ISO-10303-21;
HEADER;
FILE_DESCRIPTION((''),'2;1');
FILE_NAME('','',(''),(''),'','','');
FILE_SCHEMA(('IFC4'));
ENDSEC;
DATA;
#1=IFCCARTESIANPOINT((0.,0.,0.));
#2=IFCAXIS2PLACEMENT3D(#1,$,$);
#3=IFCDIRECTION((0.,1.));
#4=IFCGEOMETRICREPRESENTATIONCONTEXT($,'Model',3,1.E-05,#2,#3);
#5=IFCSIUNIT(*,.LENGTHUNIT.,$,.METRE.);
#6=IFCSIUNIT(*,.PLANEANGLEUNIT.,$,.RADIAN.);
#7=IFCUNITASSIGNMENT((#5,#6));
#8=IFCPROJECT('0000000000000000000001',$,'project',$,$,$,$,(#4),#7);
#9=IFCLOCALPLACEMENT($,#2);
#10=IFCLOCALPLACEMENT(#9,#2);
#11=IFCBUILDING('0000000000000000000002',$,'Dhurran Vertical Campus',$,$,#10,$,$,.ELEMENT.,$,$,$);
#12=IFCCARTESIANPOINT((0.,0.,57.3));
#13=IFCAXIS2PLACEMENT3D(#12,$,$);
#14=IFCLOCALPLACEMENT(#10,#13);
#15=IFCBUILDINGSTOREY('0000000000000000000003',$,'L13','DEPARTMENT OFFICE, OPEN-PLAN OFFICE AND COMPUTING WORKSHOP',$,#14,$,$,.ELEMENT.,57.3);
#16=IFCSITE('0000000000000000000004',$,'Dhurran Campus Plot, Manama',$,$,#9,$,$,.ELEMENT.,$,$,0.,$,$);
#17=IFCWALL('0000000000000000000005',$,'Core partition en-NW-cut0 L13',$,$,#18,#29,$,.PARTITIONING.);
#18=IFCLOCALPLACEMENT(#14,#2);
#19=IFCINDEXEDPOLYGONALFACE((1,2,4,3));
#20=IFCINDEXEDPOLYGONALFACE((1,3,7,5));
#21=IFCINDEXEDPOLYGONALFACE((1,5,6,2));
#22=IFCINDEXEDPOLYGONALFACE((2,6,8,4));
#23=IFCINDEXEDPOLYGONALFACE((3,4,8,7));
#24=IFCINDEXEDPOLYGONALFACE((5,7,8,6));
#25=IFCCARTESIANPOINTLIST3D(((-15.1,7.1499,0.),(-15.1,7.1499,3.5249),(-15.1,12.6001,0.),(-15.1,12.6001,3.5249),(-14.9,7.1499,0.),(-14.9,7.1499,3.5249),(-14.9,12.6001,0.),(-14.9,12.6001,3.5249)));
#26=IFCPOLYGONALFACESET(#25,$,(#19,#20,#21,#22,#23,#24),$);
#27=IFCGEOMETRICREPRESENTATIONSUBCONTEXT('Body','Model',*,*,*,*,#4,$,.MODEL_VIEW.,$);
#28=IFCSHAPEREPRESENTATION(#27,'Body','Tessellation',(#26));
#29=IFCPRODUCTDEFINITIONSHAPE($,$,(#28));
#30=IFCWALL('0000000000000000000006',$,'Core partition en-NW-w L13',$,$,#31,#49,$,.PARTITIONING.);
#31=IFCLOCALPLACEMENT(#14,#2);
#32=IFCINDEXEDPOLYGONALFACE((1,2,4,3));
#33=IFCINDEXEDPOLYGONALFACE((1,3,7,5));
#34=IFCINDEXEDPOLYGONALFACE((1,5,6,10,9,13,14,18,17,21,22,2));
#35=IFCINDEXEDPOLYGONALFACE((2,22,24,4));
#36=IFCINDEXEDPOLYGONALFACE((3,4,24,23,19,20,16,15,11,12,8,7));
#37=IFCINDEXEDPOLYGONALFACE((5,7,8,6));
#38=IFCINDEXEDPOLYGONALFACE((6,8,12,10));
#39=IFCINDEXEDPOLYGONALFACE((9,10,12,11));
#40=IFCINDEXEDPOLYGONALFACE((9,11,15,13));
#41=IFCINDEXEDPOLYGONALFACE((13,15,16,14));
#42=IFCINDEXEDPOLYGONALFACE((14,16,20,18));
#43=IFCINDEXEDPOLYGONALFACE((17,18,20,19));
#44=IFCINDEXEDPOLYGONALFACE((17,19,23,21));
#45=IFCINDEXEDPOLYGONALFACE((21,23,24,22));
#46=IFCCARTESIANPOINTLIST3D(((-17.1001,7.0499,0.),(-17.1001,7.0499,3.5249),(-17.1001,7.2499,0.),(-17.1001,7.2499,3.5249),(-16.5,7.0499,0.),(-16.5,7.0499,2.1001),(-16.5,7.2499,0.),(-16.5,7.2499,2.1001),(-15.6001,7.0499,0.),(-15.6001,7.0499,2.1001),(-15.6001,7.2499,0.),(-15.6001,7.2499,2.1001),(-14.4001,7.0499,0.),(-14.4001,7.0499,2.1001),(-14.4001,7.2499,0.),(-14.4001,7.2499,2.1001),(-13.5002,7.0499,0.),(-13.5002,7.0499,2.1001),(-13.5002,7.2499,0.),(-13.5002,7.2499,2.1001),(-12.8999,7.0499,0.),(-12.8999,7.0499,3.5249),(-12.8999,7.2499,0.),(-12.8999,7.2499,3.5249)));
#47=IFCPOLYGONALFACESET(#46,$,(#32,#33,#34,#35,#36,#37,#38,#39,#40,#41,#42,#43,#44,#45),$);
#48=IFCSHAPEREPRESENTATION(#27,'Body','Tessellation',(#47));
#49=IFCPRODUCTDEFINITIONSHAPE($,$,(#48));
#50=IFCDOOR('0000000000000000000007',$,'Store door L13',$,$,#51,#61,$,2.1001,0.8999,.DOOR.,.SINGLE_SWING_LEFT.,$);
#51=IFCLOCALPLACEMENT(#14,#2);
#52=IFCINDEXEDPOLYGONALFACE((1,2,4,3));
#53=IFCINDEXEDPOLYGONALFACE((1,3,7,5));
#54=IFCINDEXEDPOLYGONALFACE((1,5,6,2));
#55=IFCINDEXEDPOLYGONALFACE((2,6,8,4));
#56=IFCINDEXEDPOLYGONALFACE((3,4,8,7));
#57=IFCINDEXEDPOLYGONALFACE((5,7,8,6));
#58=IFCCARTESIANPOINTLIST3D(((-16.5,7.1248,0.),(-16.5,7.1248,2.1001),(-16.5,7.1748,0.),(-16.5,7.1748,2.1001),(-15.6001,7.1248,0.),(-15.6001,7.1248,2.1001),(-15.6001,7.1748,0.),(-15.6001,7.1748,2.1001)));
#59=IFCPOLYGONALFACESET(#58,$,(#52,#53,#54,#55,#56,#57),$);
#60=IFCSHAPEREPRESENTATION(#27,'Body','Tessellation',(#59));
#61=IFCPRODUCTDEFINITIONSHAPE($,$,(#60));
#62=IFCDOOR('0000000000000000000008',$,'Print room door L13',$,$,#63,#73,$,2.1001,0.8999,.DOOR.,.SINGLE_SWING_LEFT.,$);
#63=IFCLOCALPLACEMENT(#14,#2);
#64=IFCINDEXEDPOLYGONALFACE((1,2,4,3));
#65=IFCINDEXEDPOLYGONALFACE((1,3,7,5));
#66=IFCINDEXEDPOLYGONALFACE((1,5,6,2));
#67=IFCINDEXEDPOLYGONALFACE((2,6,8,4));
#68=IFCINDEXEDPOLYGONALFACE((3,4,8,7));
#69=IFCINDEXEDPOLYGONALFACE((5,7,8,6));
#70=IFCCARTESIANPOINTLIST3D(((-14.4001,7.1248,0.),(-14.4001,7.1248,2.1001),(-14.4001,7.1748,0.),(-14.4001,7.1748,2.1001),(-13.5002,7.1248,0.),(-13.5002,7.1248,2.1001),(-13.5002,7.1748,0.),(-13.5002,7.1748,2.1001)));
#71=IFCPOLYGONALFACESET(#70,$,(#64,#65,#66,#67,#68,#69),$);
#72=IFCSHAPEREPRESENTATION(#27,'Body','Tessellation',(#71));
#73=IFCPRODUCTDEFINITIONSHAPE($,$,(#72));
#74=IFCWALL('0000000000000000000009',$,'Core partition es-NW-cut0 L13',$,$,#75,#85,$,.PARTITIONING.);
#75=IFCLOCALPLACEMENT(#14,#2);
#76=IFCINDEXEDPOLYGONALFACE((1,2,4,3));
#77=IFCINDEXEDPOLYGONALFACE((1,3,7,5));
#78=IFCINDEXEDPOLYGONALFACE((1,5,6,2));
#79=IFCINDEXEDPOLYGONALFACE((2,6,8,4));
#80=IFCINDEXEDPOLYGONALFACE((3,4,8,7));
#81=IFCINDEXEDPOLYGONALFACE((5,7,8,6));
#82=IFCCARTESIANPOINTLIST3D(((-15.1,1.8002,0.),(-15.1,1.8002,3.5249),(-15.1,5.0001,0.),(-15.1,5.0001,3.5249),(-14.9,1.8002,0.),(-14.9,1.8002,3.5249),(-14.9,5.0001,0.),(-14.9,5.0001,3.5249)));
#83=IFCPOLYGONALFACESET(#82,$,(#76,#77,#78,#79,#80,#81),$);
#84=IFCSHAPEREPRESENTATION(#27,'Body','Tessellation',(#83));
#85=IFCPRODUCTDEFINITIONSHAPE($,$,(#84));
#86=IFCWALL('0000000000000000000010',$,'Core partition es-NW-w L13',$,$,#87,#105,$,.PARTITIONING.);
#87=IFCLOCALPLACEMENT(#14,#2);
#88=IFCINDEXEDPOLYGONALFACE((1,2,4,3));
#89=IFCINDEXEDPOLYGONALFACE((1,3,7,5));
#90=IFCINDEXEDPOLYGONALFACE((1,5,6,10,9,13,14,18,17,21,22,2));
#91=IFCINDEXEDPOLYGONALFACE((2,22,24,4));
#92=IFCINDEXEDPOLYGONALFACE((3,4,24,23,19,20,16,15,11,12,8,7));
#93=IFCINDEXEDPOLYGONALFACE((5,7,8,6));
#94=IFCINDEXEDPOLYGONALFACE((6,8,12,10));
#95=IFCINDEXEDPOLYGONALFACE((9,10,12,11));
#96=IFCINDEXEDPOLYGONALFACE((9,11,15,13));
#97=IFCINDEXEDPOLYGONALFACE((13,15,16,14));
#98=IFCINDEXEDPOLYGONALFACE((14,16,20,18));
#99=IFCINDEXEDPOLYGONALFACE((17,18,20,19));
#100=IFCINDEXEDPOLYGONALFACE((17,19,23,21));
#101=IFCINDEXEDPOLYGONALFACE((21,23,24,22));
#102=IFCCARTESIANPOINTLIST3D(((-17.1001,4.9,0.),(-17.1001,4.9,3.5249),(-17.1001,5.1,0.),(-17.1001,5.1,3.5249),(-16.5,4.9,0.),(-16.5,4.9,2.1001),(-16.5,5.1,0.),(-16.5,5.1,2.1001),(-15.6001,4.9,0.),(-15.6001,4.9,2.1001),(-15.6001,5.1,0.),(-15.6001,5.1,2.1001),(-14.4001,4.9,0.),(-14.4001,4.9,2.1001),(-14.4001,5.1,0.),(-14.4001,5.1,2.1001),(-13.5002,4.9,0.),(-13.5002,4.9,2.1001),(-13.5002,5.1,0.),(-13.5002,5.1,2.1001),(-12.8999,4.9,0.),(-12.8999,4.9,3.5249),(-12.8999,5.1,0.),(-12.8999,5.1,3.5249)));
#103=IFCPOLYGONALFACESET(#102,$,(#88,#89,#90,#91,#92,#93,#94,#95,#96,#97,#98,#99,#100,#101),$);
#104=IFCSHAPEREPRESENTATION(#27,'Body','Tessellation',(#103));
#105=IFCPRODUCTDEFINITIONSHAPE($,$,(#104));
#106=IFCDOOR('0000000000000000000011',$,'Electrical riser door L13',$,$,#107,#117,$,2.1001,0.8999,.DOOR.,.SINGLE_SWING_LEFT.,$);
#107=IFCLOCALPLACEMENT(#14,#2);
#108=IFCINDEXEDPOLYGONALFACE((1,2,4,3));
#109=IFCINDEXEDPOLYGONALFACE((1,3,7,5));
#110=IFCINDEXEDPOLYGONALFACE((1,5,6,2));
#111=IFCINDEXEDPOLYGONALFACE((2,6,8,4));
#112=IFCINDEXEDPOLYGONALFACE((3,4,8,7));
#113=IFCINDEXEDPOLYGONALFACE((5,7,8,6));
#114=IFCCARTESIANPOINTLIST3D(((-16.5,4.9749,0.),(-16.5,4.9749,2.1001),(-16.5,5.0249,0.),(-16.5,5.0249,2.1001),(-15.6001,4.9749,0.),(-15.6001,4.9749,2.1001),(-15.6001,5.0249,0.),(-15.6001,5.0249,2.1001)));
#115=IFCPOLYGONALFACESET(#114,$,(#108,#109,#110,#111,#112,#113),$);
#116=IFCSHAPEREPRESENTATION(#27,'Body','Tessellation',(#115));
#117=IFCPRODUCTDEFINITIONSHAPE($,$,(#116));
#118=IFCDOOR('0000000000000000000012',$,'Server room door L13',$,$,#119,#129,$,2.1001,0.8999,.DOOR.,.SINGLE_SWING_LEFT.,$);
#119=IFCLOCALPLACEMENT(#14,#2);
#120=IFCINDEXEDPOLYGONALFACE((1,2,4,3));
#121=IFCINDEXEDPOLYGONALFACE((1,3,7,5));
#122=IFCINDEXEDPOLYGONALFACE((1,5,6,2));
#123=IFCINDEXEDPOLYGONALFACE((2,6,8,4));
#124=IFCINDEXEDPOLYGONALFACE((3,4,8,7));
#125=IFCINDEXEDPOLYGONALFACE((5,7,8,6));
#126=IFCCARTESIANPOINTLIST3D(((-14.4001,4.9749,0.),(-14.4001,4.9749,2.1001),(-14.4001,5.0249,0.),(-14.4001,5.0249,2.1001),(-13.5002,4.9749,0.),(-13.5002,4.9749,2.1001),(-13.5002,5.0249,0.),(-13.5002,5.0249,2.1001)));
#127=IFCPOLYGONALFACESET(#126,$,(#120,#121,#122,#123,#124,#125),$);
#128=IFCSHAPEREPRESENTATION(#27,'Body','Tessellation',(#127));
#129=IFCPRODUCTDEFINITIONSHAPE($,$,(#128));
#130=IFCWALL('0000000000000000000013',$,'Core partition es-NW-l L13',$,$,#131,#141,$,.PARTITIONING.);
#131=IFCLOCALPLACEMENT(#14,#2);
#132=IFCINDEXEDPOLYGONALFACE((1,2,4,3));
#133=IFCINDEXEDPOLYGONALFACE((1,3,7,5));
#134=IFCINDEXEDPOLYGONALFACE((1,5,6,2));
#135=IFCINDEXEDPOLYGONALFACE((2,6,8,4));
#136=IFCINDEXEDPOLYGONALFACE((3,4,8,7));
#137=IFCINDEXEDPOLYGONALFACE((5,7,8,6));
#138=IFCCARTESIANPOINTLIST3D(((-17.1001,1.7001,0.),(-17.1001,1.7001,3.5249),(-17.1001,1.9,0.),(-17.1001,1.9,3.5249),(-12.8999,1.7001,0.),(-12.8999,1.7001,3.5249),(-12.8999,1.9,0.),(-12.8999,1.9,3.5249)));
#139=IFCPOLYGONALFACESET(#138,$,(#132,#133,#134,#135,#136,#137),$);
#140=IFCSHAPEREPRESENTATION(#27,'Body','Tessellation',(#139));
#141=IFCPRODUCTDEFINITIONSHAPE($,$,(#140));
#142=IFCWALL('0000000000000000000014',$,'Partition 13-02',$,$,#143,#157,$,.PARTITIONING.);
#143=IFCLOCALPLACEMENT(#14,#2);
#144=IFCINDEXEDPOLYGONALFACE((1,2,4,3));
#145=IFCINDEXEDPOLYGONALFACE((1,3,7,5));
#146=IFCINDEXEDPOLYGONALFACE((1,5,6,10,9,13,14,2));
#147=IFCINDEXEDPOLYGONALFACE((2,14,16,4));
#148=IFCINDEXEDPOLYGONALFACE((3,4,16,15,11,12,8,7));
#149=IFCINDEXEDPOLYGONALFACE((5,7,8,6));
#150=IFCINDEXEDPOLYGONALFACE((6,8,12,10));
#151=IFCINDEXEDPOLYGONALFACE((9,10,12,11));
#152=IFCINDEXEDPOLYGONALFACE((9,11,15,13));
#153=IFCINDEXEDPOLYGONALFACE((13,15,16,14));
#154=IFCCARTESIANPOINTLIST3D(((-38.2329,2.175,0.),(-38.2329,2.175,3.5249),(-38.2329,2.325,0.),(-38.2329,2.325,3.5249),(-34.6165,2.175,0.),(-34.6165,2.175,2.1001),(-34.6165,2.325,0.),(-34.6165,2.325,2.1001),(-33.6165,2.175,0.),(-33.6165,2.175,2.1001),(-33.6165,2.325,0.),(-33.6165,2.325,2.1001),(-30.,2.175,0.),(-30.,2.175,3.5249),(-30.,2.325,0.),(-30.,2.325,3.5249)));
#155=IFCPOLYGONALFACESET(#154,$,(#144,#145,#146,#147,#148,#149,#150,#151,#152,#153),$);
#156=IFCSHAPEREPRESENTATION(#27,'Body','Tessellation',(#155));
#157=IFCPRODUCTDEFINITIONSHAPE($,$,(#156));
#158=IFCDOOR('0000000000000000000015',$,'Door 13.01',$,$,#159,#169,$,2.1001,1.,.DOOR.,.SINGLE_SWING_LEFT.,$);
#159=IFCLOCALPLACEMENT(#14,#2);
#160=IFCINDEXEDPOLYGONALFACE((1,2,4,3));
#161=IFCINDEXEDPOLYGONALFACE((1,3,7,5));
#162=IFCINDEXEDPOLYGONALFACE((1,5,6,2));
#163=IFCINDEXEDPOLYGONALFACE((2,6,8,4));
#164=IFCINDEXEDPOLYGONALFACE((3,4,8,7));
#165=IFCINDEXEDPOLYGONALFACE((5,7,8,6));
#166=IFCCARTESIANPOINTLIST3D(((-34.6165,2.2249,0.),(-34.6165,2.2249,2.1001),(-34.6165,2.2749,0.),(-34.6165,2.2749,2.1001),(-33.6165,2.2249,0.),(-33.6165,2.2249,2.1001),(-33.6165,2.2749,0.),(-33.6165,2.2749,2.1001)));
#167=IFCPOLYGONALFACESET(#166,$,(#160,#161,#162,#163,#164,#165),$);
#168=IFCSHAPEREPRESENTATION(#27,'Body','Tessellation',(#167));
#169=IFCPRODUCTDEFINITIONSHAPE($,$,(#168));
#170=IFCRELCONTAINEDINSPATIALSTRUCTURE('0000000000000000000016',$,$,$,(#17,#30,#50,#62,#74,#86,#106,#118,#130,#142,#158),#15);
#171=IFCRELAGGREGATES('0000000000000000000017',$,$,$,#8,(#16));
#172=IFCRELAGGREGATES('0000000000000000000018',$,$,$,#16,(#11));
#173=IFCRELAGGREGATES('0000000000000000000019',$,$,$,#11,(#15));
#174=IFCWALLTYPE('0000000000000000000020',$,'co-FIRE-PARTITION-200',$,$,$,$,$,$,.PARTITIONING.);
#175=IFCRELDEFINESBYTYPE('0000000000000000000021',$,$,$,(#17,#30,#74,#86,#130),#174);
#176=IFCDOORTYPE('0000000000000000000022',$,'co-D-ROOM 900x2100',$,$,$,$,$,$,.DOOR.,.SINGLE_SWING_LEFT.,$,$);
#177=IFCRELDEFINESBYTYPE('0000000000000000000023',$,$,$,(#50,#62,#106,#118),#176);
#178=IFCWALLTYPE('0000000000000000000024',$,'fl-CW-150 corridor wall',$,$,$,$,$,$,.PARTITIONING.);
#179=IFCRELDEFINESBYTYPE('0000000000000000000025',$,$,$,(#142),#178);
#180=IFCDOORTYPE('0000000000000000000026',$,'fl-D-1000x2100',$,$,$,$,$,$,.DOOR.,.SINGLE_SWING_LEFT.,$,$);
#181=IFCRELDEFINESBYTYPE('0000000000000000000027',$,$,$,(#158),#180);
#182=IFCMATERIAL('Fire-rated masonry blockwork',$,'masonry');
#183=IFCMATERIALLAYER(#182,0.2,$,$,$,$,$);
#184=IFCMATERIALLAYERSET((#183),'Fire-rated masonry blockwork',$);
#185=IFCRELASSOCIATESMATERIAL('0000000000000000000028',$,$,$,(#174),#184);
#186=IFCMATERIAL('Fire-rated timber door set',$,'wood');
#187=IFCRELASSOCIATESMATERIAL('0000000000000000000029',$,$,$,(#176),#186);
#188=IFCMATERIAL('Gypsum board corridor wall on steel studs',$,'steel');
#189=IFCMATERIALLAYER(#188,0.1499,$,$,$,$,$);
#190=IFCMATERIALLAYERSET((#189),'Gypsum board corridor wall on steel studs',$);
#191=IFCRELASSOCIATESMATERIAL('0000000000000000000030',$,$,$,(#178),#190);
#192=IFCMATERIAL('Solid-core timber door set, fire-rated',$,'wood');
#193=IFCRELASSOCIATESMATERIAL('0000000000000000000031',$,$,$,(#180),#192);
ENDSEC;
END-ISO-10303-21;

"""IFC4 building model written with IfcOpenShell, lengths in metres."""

from ifc_helpers import new_model, si_unit, direction, frame, frame_2d, origin, place, context, subcontext, project, spatial, rectangle, extrude, material, layer, layer_set, type_object, element, fill, save


model = new_model("IFC4")

# Units and contexts
model_context = context("Model", 3, precision=1e-05, world=origin(), true_north=direction((0.0, 1.0)))
body_context = subcontext(model_context, "Body", "Model", "MODEL_VIEW")
ifc_project = project(units=[si_unit("LENGTHUNIT", "METRE"), si_unit("PLANEANGLEUNIT", "RADIAN")], contexts=[model_context])

# Site, building, storey
site_placement = place(None, origin())
site = spatial("IfcSite", under=ifc_project, at=site_placement, Name="Dhurran Campus Plot, Manama", CompositionType="ELEMENT", RefElevation=0.0)
building_placement = place(site_placement, origin())
building = spatial("IfcBuilding", under=site, at=building_placement, Name="Dhurran Vertical Campus", CompositionType="ELEMENT")
storey_placement = place(building_placement, frame((0.0, 0.0, 57.3)))
storey = spatial("IfcBuildingStorey", under=building, at=storey_placement, Name="L13", Description="DEPARTMENT OFFICE, OPEN-PLAN OFFICE AND COMPUTING WORKSHOP", CompositionType="ELEMENT", Elevation=57.3)

# Wall
ifc_material_1 = material(Name="Fire-rated masonry blockwork", Category="masonry")
ifc_layer_1 = layer(ifc_material_1, 0.2)
ifc_layer_set_1 = layer_set([ifc_layer_1], Name="Fire-rated masonry blockwork")
wall_type_1 = type_object("IfcWallType", Name="co-FIRE-PARTITION-200", PredefinedType="PARTITIONING", material=ifc_layer_set_1)
wall_1_placement = place(storey_placement, frame((-15.0, 7.1499, 0.0), z_axis=(0.0, 0.0, 1.0), x_axis=(0.0, 1.0, 0.0)))
element("IfcWall", 1, at=wall_1_placement, inside=storey, type_object=wall_type_1, Name="Core partition en-NW-cut0 L13", PredefinedType="PARTITIONING", context=body_context, shape_type="SweptSolid", body=[
    extrude(rectangle(XDim=5.4502, YDim=0.2, at=frame_2d((2.7251, 0.0))), origin(), (0.0, 0.0, 1.0), 3.5249),
])

# Wall, openings, doors
wall_2_placement = place(storey_placement, frame((-17.1001, 7.1499, 0.0), z_axis=(0.0, 0.0, 1.0), x_axis=(1.0, 0.0, 0.0)))
wall_2 = element("IfcWall", 2, at=wall_2_placement, inside=storey, type_object=wall_type_1, Name="Core partition en-NW-w L13", PredefinedType="PARTITIONING", context=body_context, shape_type="SweptSolid", body=[
    extrude(rectangle(XDim=4.2002, YDim=0.2, at=frame_2d((2.1001, 0.0))), origin(), (0.0, 0.0, 1.0), 3.5249),
])
opening_1_placement = place(wall_2_placement, frame((0.6001, 0.0, 0.0)))
opening_1 = element("IfcOpeningElement", 3, at=opening_1_placement, cuts=wall_2, PredefinedType="OPENING", context=body_context, shape_type="SweptSolid", body=[
    extrude(rectangle(XDim=0.8999, YDim=2.1001, at=frame_2d((0.45, 1.05))), frame((0.0, 0.1099, 0.0), z_axis=(0.0, -1.0, 0.0), x_axis=(1.0, 0.0, 0.0)), (0.0, 0.0, 1.0), 0.22),
])
opening_2_placement = place(wall_2_placement, frame((2.7, 0.0, 0.0)))
opening_2 = element("IfcOpeningElement", 4, at=opening_2_placement, cuts=wall_2, PredefinedType="OPENING", context=body_context, shape_type="SweptSolid", body=[
    extrude(rectangle(XDim=0.8999, YDim=2.1001, at=frame_2d((0.45, 1.05))), frame((0.0, 0.1099, 0.0), z_axis=(0.0, -1.0, 0.0), x_axis=(1.0, 0.0, 0.0)), (0.0, 0.0, 1.0), 0.22),
])
ifc_material_2 = material(Name="Fire-rated timber door set", Category="wood")
door_type_1 = type_object("IfcDoorType", Name="co-D-ROOM 900x2100", OperationType="SINGLE_SWING_LEFT", PredefinedType="DOOR", material=ifc_material_2)
door_1_placement = place(opening_1_placement, origin())
door_1 = element("IfcDoor", 5, at=door_1_placement, inside=storey, type_object=door_type_1, Name="Store door L13", OperationType="SINGLE_SWING_LEFT", OverallHeight=2.1001, OverallWidth=0.8999, PredefinedType="DOOR", context=body_context, shape_type="SweptSolid", body=[
    extrude(rectangle(XDim=0.8999, YDim=2.1001, at=frame_2d((0.45, 1.05))), frame((0.0, 0.0249, 0.0), z_axis=(0.0, -1.0, 0.0), x_axis=(1.0, 0.0, 0.0)), (0.0, 0.0, 1.0), 0.05),
])
fill(opening_1, door_1)
door_2_placement = place(opening_2_placement, origin())
door_2 = element("IfcDoor", 6, at=door_2_placement, inside=storey, type_object=door_type_1, Name="Print room door L13", OperationType="SINGLE_SWING_LEFT", OverallHeight=2.1001, OverallWidth=0.8999, PredefinedType="DOOR", context=body_context, shape_type="SweptSolid", body=[
    extrude(rectangle(XDim=0.8999, YDim=2.1001, at=frame_2d((0.45, 1.05))), frame((0.0, 0.0249, 0.0), z_axis=(0.0, -1.0, 0.0), x_axis=(1.0, 0.0, 0.0)), (0.0, 0.0, 1.0), 0.05),
])
fill(opening_2, door_2)

# Wall
wall_3_placement = place(storey_placement, frame((-15.0, 1.8, 0.0), z_axis=(0.0, 0.0, 1.0), x_axis=(0.0, 1.0, 0.0)))
element("IfcWall", 7, at=wall_3_placement, inside=storey, type_object=wall_type_1, Name="Core partition es-NW-cut0 L13", PredefinedType="PARTITIONING", context=body_context, shape_type="SweptSolid", body=[
    extrude(rectangle(XDim=3.2, YDim=0.2, at=frame_2d((1.6001, 0.0))), origin(), (0.0, 0.0, 1.0), 3.5249),
])

# Wall, openings, doors
wall_4_placement = place(storey_placement, frame((-17.1001, 5.0, 0.0), z_axis=(0.0, 0.0, 1.0), x_axis=(1.0, 0.0, 0.0)))
wall_4 = element("IfcWall", 8, at=wall_4_placement, inside=storey, type_object=wall_type_1, Name="Core partition es-NW-w L13", PredefinedType="PARTITIONING", context=body_context, shape_type="SweptSolid", body=[
    extrude(rectangle(XDim=4.2002, YDim=0.2, at=frame_2d((2.1001, 0.0))), origin(), (0.0, 0.0, 1.0), 3.5249),
])
opening_3_placement = place(wall_4_placement, frame((0.6001, 0.0, 0.0)))
opening_3 = element("IfcOpeningElement", 9, at=opening_3_placement, cuts=wall_4, PredefinedType="OPENING", context=body_context, shape_type="SweptSolid", body=[
    extrude(rectangle(XDim=0.8999, YDim=2.1001, at=frame_2d((0.45, 1.05))), frame((0.0, 0.1099, 0.0), z_axis=(0.0, -1.0, 0.0), x_axis=(1.0, 0.0, 0.0)), (0.0, 0.0, 1.0), 0.22),
])
opening_4_placement = place(wall_4_placement, frame((2.7, 0.0, 0.0)))
opening_4 = element("IfcOpeningElement", 10, at=opening_4_placement, cuts=wall_4, PredefinedType="OPENING", context=body_context, shape_type="SweptSolid", body=[
    extrude(rectangle(XDim=0.8999, YDim=2.1001, at=frame_2d((0.45, 1.05))), frame((0.0, 0.1099, 0.0), z_axis=(0.0, -1.0, 0.0), x_axis=(1.0, 0.0, 0.0)), (0.0, 0.0, 1.0), 0.22),
])
door_3_placement = place(opening_3_placement, origin())
door_3 = element("IfcDoor", 11, at=door_3_placement, inside=storey, type_object=door_type_1, Name="Electrical riser door L13", OperationType="SINGLE_SWING_LEFT", OverallHeight=2.1001, OverallWidth=0.8999, PredefinedType="DOOR", context=body_context, shape_type="SweptSolid", body=[
    extrude(rectangle(XDim=0.8999, YDim=2.1001, at=frame_2d((0.45, 1.05))), frame((0.0, 0.0249, 0.0), z_axis=(0.0, -1.0, 0.0), x_axis=(1.0, 0.0, 0.0)), (0.0, 0.0, 1.0), 0.05),
])
fill(opening_3, door_3)
door_4_placement = place(opening_4_placement, origin())
door_4 = element("IfcDoor", 12, at=door_4_placement, inside=storey, type_object=door_type_1, Name="Server room door L13", OperationType="SINGLE_SWING_LEFT", OverallHeight=2.1001, OverallWidth=0.8999, PredefinedType="DOOR", context=body_context, shape_type="SweptSolid", body=[
    extrude(rectangle(XDim=0.8999, YDim=2.1001, at=frame_2d((0.45, 1.05))), frame((0.0, 0.0249, 0.0), z_axis=(0.0, -1.0, 0.0), x_axis=(1.0, 0.0, 0.0)), (0.0, 0.0, 1.0), 0.05),
])
fill(opening_4, door_4)

# Wall
wall_5_placement = place(storey_placement, frame((-17.1001, 1.8, 0.0), z_axis=(0.0, 0.0, 1.0), x_axis=(1.0, 0.0, 0.0)))
element("IfcWall", 13, at=wall_5_placement, inside=storey, type_object=wall_type_1, Name="Core partition es-NW-l L13", PredefinedType="PARTITIONING", context=body_context, shape_type="SweptSolid", body=[
    extrude(rectangle(XDim=4.2002, YDim=0.2, at=frame_2d((2.1001, 0.0))), origin(), (0.0, 0.0, 1.0), 3.5249),
])

# Wall, opening, door
ifc_material_3 = material(Name="Gypsum board corridor wall on steel studs", Category="steel")
ifc_layer_2 = layer(ifc_material_3, 0.1499)
ifc_layer_set_2 = layer_set([ifc_layer_2], Name="Gypsum board corridor wall on steel studs")
wall_type_2 = type_object("IfcWallType", Name="fl-CW-150 corridor wall", PredefinedType="PARTITIONING", material=ifc_layer_set_2)
wall_6_placement = place(storey_placement, frame((-38.2329, 2.25, 0.0), z_axis=(0.0, 0.0, 1.0), x_axis=(1.0, 0.0, 0.0)))
wall_6 = element("IfcWall", 14, at=wall_6_placement, inside=storey, type_object=wall_type_2, Name="Partition 13-02", PredefinedType="PARTITIONING", context=body_context, shape_type="SweptSolid", body=[
    extrude(rectangle(XDim=8.2329, YDim=0.1499, at=frame_2d((4.1165, 0.0))), origin(), (0.0, 0.0, 1.0), 3.5249),
])
opening_5_placement = place(wall_6_placement, frame((3.6165, 0.0, 0.0)))
opening_5 = element("IfcOpeningElement", 15, at=opening_5_placement, cuts=wall_6, PredefinedType="OPENING", context=body_context, shape_type="SweptSolid", body=[
    extrude(rectangle(XDim=1.0, YDim=2.1001, at=frame_2d((0.5, 1.05))), frame((0.0, 0.085, 0.0), z_axis=(0.0, -1.0, 0.0), x_axis=(1.0, 0.0, 0.0)), (0.0, 0.0, 1.0), 0.1699),
])
ifc_material_4 = material(Name="Solid-core timber door set, fire-rated", Category="wood")
door_type_2 = type_object("IfcDoorType", Name="fl-D-1000x2100", OperationType="SINGLE_SWING_LEFT", PredefinedType="DOOR", material=ifc_material_4)
door_5_placement = place(opening_5_placement, origin())
door_5 = element("IfcDoor", 16, at=door_5_placement, inside=storey, type_object=door_type_2, Name="Door 13.01", OperationType="SINGLE_SWING_LEFT", OverallHeight=2.1001, OverallWidth=1.0, PredefinedType="DOOR", context=body_context, shape_type="SweptSolid", body=[
    extrude(rectangle(XDim=1.0, YDim=2.1001, at=frame_2d((0.5, 1.05))), frame((0.0, 0.0249, 0.0), z_axis=(0.0, -1.0, 0.0), x_axis=(1.0, 0.0, 0.0)), (0.0, 0.0, 1.0), 0.05),
])
fill(opening_5, door_5)

save(model, "model.ifc")
